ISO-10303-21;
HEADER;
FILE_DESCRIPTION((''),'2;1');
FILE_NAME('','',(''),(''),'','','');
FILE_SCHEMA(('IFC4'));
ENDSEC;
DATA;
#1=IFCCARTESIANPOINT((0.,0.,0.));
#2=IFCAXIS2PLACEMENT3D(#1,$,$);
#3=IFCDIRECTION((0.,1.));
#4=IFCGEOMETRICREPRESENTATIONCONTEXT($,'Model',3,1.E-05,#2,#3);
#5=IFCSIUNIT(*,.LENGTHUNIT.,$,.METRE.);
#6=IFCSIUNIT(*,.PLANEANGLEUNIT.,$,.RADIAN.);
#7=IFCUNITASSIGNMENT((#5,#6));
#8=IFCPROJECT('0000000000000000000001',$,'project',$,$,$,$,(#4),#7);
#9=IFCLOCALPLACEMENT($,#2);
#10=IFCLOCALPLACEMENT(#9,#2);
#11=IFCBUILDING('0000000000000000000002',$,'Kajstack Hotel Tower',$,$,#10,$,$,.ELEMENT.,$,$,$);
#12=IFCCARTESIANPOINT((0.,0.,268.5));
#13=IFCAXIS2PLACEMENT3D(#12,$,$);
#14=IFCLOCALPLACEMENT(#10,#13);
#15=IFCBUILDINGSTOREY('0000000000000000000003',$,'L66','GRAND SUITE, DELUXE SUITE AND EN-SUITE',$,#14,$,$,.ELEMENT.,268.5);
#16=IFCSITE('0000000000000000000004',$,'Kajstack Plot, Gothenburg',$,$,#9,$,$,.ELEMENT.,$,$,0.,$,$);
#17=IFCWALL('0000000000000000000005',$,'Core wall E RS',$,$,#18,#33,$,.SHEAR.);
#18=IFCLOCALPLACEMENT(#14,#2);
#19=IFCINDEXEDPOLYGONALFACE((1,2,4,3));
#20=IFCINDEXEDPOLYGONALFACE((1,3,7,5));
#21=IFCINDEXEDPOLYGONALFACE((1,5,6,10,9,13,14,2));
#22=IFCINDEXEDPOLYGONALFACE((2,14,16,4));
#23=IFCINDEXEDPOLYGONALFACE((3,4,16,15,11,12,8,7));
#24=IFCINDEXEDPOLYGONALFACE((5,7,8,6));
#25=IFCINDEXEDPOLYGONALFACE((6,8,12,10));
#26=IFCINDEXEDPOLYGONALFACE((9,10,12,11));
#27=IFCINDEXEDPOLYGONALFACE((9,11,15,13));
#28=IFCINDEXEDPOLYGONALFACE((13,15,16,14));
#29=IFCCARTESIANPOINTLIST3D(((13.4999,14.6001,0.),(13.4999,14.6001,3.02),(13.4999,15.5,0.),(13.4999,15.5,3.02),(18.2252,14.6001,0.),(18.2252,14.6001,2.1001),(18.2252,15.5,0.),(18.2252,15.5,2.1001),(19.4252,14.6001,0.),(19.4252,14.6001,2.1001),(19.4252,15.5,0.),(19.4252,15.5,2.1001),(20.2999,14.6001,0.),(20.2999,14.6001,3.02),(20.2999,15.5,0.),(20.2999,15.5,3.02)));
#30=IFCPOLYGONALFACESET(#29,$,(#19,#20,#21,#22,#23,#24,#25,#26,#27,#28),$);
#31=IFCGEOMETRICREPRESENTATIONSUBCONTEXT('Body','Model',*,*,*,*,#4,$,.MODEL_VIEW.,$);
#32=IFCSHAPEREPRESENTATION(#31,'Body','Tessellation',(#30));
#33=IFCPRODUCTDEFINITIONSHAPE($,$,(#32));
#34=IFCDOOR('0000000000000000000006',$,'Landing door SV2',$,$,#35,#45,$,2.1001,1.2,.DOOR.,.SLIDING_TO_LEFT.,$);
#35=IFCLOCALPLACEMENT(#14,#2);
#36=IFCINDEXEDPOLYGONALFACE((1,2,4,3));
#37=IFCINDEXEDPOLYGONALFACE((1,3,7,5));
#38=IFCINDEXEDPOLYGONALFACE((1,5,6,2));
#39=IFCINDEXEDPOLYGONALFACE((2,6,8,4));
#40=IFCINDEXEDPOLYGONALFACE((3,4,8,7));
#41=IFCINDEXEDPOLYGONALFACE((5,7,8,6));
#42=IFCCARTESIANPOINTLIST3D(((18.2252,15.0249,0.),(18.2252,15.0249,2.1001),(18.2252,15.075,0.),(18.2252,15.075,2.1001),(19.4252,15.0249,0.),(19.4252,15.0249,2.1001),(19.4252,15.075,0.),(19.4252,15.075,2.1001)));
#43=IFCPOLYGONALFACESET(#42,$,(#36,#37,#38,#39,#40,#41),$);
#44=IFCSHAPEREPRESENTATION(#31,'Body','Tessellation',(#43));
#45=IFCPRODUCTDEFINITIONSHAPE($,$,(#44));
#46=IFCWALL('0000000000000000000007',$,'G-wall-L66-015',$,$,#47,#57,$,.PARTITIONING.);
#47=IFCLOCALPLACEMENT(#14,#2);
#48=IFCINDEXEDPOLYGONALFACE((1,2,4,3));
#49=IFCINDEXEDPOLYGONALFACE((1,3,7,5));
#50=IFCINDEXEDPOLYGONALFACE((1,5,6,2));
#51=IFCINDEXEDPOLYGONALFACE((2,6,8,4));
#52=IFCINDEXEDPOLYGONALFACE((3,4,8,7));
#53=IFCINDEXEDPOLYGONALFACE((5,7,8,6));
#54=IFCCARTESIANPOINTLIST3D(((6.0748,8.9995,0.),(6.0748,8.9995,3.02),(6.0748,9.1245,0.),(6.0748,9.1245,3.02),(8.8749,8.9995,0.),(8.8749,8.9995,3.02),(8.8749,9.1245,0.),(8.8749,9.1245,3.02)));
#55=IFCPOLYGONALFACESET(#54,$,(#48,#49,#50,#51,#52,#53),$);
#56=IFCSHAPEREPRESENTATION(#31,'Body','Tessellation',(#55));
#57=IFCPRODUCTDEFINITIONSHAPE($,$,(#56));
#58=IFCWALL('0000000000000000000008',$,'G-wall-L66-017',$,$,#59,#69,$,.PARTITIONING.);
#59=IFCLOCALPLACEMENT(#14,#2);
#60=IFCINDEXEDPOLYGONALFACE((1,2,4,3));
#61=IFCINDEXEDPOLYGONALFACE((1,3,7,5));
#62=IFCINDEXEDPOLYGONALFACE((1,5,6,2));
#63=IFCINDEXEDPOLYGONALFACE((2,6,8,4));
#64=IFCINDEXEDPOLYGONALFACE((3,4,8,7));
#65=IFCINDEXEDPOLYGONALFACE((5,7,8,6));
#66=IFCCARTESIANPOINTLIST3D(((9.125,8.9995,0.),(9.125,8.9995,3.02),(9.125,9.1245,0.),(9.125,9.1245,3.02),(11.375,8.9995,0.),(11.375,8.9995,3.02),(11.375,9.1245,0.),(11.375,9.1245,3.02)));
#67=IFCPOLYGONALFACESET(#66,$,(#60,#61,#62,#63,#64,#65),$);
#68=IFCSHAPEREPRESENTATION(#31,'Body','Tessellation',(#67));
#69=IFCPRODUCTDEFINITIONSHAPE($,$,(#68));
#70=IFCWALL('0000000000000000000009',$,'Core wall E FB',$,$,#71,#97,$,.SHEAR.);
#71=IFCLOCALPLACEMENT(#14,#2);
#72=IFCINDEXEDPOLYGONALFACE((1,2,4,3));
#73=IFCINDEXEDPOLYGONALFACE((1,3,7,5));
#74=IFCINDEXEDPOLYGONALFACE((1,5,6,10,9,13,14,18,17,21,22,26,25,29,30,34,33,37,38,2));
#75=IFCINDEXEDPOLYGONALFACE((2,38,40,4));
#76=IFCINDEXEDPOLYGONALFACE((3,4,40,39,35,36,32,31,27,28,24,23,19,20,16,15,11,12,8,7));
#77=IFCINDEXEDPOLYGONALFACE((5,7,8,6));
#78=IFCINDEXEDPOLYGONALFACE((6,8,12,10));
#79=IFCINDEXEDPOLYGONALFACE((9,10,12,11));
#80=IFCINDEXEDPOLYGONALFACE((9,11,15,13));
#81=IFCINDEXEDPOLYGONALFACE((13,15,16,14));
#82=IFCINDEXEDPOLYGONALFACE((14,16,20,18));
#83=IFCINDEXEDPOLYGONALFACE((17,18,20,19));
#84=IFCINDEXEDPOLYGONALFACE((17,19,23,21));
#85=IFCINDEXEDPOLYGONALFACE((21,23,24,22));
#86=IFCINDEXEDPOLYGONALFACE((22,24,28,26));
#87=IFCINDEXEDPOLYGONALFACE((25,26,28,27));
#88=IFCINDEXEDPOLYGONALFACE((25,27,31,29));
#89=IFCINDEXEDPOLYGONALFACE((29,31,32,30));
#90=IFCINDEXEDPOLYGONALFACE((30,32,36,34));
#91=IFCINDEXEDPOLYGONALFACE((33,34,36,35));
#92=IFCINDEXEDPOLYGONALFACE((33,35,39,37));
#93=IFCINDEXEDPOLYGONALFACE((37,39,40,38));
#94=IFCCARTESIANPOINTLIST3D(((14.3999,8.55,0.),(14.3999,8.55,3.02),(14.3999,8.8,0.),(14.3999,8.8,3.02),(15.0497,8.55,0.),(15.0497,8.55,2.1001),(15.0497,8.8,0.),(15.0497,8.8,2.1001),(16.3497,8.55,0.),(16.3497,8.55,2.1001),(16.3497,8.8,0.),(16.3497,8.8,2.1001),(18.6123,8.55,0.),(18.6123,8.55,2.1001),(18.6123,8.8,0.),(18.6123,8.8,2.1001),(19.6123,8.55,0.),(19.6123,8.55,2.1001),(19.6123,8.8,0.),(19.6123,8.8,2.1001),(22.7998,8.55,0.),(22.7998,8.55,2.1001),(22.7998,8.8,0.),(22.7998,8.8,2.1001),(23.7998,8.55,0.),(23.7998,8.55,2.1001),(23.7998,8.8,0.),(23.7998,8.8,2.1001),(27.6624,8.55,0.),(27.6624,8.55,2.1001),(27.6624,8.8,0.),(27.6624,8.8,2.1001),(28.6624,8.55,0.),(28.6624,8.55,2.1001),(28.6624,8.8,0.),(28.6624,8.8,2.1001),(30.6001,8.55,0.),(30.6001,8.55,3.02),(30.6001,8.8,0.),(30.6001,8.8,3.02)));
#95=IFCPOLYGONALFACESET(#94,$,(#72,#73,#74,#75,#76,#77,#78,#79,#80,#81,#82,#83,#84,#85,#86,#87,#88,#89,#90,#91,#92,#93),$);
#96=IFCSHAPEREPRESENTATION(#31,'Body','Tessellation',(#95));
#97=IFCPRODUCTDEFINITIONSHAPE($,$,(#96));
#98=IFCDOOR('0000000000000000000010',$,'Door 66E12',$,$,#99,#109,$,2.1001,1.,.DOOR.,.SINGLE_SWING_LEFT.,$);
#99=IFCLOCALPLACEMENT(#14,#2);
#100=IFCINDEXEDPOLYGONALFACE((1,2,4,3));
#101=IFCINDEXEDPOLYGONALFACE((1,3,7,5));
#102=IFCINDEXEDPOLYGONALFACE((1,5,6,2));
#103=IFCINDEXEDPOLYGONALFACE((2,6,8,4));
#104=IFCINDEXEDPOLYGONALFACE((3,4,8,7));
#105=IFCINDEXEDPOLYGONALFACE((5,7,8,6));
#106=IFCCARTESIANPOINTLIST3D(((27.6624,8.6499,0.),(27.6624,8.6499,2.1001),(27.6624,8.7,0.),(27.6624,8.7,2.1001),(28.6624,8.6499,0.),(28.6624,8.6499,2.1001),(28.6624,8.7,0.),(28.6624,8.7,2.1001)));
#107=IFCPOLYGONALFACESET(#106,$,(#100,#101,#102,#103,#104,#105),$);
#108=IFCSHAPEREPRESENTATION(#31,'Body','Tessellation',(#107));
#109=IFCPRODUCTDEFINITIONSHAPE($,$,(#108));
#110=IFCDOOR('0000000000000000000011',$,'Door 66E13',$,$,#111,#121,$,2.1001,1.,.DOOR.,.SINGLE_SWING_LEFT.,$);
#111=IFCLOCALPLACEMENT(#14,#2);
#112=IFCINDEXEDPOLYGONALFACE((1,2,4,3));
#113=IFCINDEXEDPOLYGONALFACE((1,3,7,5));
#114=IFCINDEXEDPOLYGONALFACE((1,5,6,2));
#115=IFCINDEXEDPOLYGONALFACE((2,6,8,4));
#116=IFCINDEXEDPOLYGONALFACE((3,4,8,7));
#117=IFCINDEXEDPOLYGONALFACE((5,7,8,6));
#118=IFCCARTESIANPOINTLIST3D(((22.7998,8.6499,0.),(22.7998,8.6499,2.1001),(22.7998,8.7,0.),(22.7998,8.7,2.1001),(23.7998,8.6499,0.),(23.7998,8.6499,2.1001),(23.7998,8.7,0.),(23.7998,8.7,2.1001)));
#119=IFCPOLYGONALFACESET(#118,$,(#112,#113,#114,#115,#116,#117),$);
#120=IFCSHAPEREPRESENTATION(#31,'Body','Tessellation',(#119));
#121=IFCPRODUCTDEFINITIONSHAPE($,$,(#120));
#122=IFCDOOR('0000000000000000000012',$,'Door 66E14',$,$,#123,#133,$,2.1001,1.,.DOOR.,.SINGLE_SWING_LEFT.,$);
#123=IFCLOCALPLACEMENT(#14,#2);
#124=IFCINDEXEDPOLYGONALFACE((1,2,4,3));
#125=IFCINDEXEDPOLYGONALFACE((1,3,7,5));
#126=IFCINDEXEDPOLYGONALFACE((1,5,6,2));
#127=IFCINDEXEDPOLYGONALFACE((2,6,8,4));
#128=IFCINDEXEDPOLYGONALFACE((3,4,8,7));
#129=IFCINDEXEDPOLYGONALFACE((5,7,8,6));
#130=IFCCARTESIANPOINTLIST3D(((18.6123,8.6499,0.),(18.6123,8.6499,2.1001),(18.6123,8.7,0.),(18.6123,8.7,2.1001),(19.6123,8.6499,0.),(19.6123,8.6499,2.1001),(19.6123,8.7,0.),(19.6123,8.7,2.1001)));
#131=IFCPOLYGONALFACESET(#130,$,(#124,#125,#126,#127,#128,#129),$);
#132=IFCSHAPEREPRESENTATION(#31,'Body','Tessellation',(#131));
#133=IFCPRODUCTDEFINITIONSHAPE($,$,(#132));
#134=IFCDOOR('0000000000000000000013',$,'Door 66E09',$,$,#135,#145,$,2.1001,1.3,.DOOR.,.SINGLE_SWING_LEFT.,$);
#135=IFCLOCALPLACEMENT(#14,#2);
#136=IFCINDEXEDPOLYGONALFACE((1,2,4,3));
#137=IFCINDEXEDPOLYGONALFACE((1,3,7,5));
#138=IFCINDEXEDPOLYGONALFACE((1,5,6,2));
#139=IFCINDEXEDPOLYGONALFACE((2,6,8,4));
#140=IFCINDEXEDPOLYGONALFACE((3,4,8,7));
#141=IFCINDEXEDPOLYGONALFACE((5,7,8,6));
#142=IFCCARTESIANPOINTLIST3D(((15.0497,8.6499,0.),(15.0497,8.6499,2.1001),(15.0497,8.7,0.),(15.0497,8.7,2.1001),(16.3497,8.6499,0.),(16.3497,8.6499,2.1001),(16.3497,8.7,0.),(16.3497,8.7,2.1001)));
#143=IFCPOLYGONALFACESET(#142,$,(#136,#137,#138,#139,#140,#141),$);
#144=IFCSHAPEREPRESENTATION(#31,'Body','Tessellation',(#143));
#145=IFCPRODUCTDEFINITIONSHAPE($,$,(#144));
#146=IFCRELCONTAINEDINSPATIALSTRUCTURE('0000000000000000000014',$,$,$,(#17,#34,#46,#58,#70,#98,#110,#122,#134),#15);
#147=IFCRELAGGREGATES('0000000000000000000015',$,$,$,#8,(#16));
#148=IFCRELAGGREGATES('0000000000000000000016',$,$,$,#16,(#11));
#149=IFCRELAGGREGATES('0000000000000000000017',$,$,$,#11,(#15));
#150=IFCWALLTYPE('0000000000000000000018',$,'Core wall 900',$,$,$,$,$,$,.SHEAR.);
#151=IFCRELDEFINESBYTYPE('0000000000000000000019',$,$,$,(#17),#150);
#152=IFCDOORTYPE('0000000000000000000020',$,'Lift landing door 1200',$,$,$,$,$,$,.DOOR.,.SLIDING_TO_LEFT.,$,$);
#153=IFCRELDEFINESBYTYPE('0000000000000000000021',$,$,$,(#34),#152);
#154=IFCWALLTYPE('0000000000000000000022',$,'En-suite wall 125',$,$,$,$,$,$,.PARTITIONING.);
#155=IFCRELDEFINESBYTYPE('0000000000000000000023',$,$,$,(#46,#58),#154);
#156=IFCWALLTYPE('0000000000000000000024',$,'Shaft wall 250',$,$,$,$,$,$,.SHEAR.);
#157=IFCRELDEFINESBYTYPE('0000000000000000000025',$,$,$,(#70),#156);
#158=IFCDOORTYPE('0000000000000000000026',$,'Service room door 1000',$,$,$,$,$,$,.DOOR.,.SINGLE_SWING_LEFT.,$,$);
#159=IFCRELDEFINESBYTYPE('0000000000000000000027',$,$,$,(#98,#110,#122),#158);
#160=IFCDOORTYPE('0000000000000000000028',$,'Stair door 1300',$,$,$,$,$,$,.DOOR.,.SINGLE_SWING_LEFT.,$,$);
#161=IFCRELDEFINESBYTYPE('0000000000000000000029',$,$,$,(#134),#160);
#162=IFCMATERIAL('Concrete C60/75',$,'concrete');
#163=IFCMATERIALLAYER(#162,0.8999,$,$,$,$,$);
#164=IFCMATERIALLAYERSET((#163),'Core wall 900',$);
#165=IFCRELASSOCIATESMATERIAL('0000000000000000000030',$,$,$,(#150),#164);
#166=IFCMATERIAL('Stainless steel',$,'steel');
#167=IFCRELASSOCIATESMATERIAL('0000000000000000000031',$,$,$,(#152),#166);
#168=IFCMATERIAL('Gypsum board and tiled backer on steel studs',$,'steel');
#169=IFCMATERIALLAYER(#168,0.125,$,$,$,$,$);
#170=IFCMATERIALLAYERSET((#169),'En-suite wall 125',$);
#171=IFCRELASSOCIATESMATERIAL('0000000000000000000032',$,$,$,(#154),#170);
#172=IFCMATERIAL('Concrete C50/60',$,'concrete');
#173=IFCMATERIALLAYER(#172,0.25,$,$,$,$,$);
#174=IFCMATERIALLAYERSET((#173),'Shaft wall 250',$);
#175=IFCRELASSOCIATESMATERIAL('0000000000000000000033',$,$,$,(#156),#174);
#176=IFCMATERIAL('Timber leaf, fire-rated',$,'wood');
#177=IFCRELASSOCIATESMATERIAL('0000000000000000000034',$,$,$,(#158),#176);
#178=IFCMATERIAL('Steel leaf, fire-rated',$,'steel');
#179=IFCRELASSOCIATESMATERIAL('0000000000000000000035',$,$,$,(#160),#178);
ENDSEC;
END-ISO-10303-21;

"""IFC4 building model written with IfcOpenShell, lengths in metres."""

from ifc_helpers import new_model, si_unit, direction, frame, frame_2d, origin, place, context, subcontext, project, spatial, rectangle, extrude, material, layer, layer_set, type_object, element, fill, save


model = new_model("IFC4")

# Units and contexts
model_context = context("Model", 3, precision=1e-05, world=origin(), true_north=direction((0.0, 1.0)))
body_context = subcontext(model_context, "Body", "Model", "MODEL_VIEW")
ifc_project = project(units=[si_unit("LENGTHUNIT", "METRE"), si_unit("PLANEANGLEUNIT", "RADIAN")], contexts=[model_context])

# Site, building, storey
site_placement = place(None, origin())
site = spatial("IfcSite", under=ifc_project, at=site_placement, Name="Kajstack Plot, Gothenburg", CompositionType="ELEMENT", RefElevation=0.0)
building_placement = place(site_placement, origin())
building = spatial("IfcBuilding", under=site, at=building_placement, Name="Kajstack Hotel Tower", CompositionType="ELEMENT")
storey_placement = place(building_placement, frame((0.0, 0.0, 268.5)))
storey = spatial("IfcBuildingStorey", under=building, at=storey_placement, Name="L66", Description="GRAND SUITE, DELUXE SUITE AND EN-SUITE", CompositionType="ELEMENT", Elevation=268.5)

# Wall, opening, door
ifc_material_1 = material(Name="Concrete C60/75", Category="concrete")
ifc_layer_1 = layer(ifc_material_1, 0.8999)
ifc_layer_set_1 = layer_set([ifc_layer_1], Name="Core wall 900")
wall_type_1 = type_object("IfcWallType", Name="Core wall 900", PredefinedType="SHEAR", material=ifc_layer_set_1)
wall_1_placement = place(storey_placement, frame((13.5, 15.05, 0.0), z_axis=(0.0, 0.0, 1.0), x_axis=(1.0, 0.0, 0.0)))
wall_1 = element("IfcWall", 1, at=wall_1_placement, inside=storey, type_object=wall_type_1, Name="Core wall E RS", PredefinedType="SHEAR", context=body_context, shape_type="SweptSolid", body=[
    extrude(rectangle(XDim=6.8, YDim=0.8999, at=frame_2d((3.3999, 0.0))), origin(), (0.0, 0.0, 1.0), 3.02),
])
opening_1_placement = place(wall_1_placement, frame((4.7251, 0.0, 0.0)))
opening_1 = element("IfcOpeningElement", 2, at=opening_1_placement, cuts=wall_1, PredefinedType="OPENING", context=body_context, shape_type="SweptSolid", body=[
    extrude(rectangle(XDim=1.2, YDim=2.1001, at=frame_2d((0.6001, 1.05))), frame((0.0, 0.46, 0.0), z_axis=(0.0, -1.0, 0.0), x_axis=(1.0, 0.0, 0.0)), (0.0, 0.0, 1.0), 0.9199),
])
ifc_material_2 = material(Name="Stainless steel", Category="steel")
door_type_1 = type_object("IfcDoorType", Name="Lift landing door 1200", OperationType="SLIDING_TO_LEFT", PredefinedType="DOOR", material=ifc_material_2)
door_1_placement = place(opening_1_placement, origin())
door_1 = element("IfcDoor", 3, at=door_1_placement, inside=storey, type_object=door_type_1, Name="Landing door SV2", OperationType="SLIDING_TO_LEFT", OverallHeight=2.1001, OverallWidth=1.2, PredefinedType="DOOR", context=body_context, shape_type="SweptSolid", body=[
    extrude(rectangle(XDim=1.2, YDim=2.1001, at=frame_2d((0.6001, 1.05))), frame((0.0, 0.0249, 0.0), z_axis=(0.0, -1.0, 0.0), x_axis=(1.0, 0.0, 0.0)), (0.0, 0.0, 1.0), 0.05),
])
fill(opening_1, door_1)

# Walls
ifc_material_3 = material(Name="Gypsum board and tiled backer on steel studs", Category="steel")
ifc_layer_2 = layer(ifc_material_3, 0.125)
ifc_layer_set_2 = layer_set([ifc_layer_2], Name="En-suite wall 125")
wall_type_2 = type_object("IfcWallType", Name="En-suite wall 125", PredefinedType="PARTITIONING", material=ifc_layer_set_2)
wall_2_placement = place(storey_placement, frame((6.075, 9.062, 0.0), z_axis=(0.0, 0.0, 1.0), x_axis=(1.0, 0.0, 0.0)))
element("IfcWall", 4, at=wall_2_placement, inside=storey, type_object=wall_type_2, Name="G-wall-L66-015", PredefinedType="PARTITIONING", context=body_context, shape_type="SweptSolid", body=[
    extrude(rectangle(XDim=2.8, YDim=0.125, at=frame_2d((1.3999, 0.0))), origin(), (0.0, 0.0, 1.0), 3.02),
])
wall_3_placement = place(storey_placement, frame((9.125, 9.062, 0.0), z_axis=(0.0, 0.0, 1.0), x_axis=(1.0, 0.0, 0.0)))
element("IfcWall", 5, at=wall_3_placement, inside=storey, type_object=wall_type_2, Name="G-wall-L66-017", PredefinedType="PARTITIONING", context=body_context, shape_type="SweptSolid", body=[
    extrude(rectangle(XDim=2.25, YDim=0.125, at=frame_2d((1.125, 0.0))), origin(), (0.0, 0.0, 1.0), 3.02),
])

# Wall, openings, doors
ifc_material_4 = material(Name="Concrete C50/60", Category="concrete")
ifc_layer_3 = layer(ifc_material_4, 0.25)
ifc_layer_set_3 = layer_set([ifc_layer_3], Name="Shaft wall 250")
wall_type_3 = type_object("IfcWallType", Name="Shaft wall 250", PredefinedType="SHEAR", material=ifc_layer_set_3)
wall_4_placement = place(storey_placement, frame((14.3999, 8.675, 0.0), z_axis=(0.0, 0.0, 1.0), x_axis=(1.0, 0.0, 0.0)))
wall_4 = element("IfcWall", 6, at=wall_4_placement, inside=storey, type_object=wall_type_3, Name="Core wall E FB", PredefinedType="SHEAR", context=body_context, shape_type="SweptSolid", body=[
    extrude(rectangle(XDim=16.2002, YDim=0.25, at=frame_2d((8.1001, 0.0))), origin(), (0.0, 0.0, 1.0), 3.02),
])
opening_2_placement = place(wall_4_placement, frame((0.6499, 0.0, 0.0)))
opening_2 = element("IfcOpeningElement", 7, at=opening_2_placement, cuts=wall_4, PredefinedType="OPENING", context=body_context, shape_type="SweptSolid", body=[
    extrude(rectangle(XDim=1.3, YDim=2.1001, at=frame_2d((0.6499, 1.05))), frame((0.0, 0.135, 0.0), z_axis=(0.0, -1.0, 0.0), x_axis=(1.0, 0.0, 0.0)), (0.0, 0.0, 1.0), 0.27),
])
opening_3_placement = place(wall_4_placement, frame((13.2625, 0.0, 0.0)))
opening_3 = element("IfcOpeningElement", 8, at=opening_3_placement, cuts=wall_4, PredefinedType="OPENING", context=body_context, shape_type="SweptSolid", body=[
    extrude(rectangle(XDim=1.0, YDim=2.1001, at=frame_2d((0.5, 1.05))), frame((0.0, 0.135, 0.0), z_axis=(0.0, -1.0, 0.0), x_axis=(1.0, 0.0, 0.0)), (0.0, 0.0, 1.0), 0.27),
])
opening_4_placement = place(wall_4_placement, frame((8.3999, 0.0, 0.0)))
opening_4 = element("IfcOpeningElement", 9, at=opening_4_placement, cuts=wall_4, PredefinedType="OPENING", context=body_context, shape_type="SweptSolid", body=[
    extrude(rectangle(XDim=1.0, YDim=2.1001, at=frame_2d((0.5, 1.05))), frame((0.0, 0.135, 0.0), z_axis=(0.0, -1.0, 0.0), x_axis=(1.0, 0.0, 0.0)), (0.0, 0.0, 1.0), 0.27),
])
opening_5_placement = place(wall_4_placement, frame((4.2124, 0.0, 0.0)))
opening_5 = element("IfcOpeningElement", 10, at=opening_5_placement, cuts=wall_4, PredefinedType="OPENING", context=body_context, shape_type="SweptSolid", body=[
    extrude(rectangle(XDim=1.0, YDim=2.1001, at=frame_2d((0.5, 1.05))), frame((0.0, 0.135, 0.0), z_axis=(0.0, -1.0, 0.0), x_axis=(1.0, 0.0, 0.0)), (0.0, 0.0, 1.0), 0.27),
])
ifc_material_5 = material(Name="Timber leaf, fire-rated", Category="wood")
door_type_2 = type_object("IfcDoorType", Name="Service room door 1000", OperationType="SINGLE_SWING_LEFT", PredefinedType="DOOR", material=ifc_material_5)
door_2_placement = place(opening_3_placement, origin())
door_2 = element("IfcDoor", 11, at=door_2_placement, inside=storey, type_object=door_type_2, Name="Door 66E12", OperationType="SINGLE_SWING_LEFT", OverallHeight=2.1001, OverallWidth=1.0, PredefinedType="DOOR", context=body_context, shape_type="SweptSolid", body=[
    extrude(rectangle(XDim=1.0, YDim=2.1001, at=frame_2d((0.5, 1.05))), frame((0.0, 0.0249, 0.0), z_axis=(0.0, -1.0, 0.0), x_axis=(1.0, 0.0, 0.0)), (0.0, 0.0, 1.0), 0.05),
])
fill(opening_3, door_2)
door_3_placement = place(opening_4_placement, origin())
door_3 = element("IfcDoor", 12, at=door_3_placement, inside=storey, type_object=door_type_2, Name="Door 66E13", OperationType="SINGLE_SWING_LEFT", OverallHeight=2.1001, OverallWidth=1.0, PredefinedType="DOOR", context=body_context, shape_type="SweptSolid", body=[
    extrude(rectangle(XDim=1.0, YDim=2.1001, at=frame_2d((0.5, 1.05))), frame((0.0, 0.0249, 0.0), z_axis=(0.0, -1.0, 0.0), x_axis=(1.0, 0.0, 0.0)), (0.0, 0.0, 1.0), 0.05),
])
fill(opening_4, door_3)
door_4_placement = place(opening_5_placement, origin())
door_4 = element("IfcDoor", 13, at=door_4_placement, inside=storey, type_object=door_type_2, Name="Door 66E14", OperationType="SINGLE_SWING_LEFT", OverallHeight=2.1001, OverallWidth=1.0, PredefinedType="DOOR", context=body_context, shape_type="SweptSolid", body=[
    extrude(rectangle(XDim=1.0, YDim=2.1001, at=frame_2d((0.5, 1.05))), frame((0.0, 0.0249, 0.0), z_axis=(0.0, -1.0, 0.0), x_axis=(1.0, 0.0, 0.0)), (0.0, 0.0, 1.0), 0.05),
])
fill(opening_5, door_4)
ifc_material_6 = material(Name="Steel leaf, fire-rated", Category="steel")
door_type_3 = type_object("IfcDoorType", Name="Stair door 1300", OperationType="SINGLE_SWING_LEFT", PredefinedType="DOOR", material=ifc_material_6)
door_5_placement = place(opening_2_placement, origin())
door_5 = element("IfcDoor", 14, at=door_5_placement, inside=storey, type_object=door_type_3, Name="Door 66E09", OperationType="SINGLE_SWING_LEFT", OverallHeight=2.1001, OverallWidth=1.3, PredefinedType="DOOR", context=body_context, shape_type="SweptSolid", body=[
    extrude(rectangle(XDim=1.3, YDim=2.1001, at=frame_2d((0.6499, 1.05))), frame((0.0, 0.0249, 0.0), z_axis=(0.0, -1.0, 0.0), x_axis=(1.0, 0.0, 0.0)), (0.0, 0.0, 1.0), 0.05),
])
fill(opening_2, door_5)

save(model, "model.ifc")
